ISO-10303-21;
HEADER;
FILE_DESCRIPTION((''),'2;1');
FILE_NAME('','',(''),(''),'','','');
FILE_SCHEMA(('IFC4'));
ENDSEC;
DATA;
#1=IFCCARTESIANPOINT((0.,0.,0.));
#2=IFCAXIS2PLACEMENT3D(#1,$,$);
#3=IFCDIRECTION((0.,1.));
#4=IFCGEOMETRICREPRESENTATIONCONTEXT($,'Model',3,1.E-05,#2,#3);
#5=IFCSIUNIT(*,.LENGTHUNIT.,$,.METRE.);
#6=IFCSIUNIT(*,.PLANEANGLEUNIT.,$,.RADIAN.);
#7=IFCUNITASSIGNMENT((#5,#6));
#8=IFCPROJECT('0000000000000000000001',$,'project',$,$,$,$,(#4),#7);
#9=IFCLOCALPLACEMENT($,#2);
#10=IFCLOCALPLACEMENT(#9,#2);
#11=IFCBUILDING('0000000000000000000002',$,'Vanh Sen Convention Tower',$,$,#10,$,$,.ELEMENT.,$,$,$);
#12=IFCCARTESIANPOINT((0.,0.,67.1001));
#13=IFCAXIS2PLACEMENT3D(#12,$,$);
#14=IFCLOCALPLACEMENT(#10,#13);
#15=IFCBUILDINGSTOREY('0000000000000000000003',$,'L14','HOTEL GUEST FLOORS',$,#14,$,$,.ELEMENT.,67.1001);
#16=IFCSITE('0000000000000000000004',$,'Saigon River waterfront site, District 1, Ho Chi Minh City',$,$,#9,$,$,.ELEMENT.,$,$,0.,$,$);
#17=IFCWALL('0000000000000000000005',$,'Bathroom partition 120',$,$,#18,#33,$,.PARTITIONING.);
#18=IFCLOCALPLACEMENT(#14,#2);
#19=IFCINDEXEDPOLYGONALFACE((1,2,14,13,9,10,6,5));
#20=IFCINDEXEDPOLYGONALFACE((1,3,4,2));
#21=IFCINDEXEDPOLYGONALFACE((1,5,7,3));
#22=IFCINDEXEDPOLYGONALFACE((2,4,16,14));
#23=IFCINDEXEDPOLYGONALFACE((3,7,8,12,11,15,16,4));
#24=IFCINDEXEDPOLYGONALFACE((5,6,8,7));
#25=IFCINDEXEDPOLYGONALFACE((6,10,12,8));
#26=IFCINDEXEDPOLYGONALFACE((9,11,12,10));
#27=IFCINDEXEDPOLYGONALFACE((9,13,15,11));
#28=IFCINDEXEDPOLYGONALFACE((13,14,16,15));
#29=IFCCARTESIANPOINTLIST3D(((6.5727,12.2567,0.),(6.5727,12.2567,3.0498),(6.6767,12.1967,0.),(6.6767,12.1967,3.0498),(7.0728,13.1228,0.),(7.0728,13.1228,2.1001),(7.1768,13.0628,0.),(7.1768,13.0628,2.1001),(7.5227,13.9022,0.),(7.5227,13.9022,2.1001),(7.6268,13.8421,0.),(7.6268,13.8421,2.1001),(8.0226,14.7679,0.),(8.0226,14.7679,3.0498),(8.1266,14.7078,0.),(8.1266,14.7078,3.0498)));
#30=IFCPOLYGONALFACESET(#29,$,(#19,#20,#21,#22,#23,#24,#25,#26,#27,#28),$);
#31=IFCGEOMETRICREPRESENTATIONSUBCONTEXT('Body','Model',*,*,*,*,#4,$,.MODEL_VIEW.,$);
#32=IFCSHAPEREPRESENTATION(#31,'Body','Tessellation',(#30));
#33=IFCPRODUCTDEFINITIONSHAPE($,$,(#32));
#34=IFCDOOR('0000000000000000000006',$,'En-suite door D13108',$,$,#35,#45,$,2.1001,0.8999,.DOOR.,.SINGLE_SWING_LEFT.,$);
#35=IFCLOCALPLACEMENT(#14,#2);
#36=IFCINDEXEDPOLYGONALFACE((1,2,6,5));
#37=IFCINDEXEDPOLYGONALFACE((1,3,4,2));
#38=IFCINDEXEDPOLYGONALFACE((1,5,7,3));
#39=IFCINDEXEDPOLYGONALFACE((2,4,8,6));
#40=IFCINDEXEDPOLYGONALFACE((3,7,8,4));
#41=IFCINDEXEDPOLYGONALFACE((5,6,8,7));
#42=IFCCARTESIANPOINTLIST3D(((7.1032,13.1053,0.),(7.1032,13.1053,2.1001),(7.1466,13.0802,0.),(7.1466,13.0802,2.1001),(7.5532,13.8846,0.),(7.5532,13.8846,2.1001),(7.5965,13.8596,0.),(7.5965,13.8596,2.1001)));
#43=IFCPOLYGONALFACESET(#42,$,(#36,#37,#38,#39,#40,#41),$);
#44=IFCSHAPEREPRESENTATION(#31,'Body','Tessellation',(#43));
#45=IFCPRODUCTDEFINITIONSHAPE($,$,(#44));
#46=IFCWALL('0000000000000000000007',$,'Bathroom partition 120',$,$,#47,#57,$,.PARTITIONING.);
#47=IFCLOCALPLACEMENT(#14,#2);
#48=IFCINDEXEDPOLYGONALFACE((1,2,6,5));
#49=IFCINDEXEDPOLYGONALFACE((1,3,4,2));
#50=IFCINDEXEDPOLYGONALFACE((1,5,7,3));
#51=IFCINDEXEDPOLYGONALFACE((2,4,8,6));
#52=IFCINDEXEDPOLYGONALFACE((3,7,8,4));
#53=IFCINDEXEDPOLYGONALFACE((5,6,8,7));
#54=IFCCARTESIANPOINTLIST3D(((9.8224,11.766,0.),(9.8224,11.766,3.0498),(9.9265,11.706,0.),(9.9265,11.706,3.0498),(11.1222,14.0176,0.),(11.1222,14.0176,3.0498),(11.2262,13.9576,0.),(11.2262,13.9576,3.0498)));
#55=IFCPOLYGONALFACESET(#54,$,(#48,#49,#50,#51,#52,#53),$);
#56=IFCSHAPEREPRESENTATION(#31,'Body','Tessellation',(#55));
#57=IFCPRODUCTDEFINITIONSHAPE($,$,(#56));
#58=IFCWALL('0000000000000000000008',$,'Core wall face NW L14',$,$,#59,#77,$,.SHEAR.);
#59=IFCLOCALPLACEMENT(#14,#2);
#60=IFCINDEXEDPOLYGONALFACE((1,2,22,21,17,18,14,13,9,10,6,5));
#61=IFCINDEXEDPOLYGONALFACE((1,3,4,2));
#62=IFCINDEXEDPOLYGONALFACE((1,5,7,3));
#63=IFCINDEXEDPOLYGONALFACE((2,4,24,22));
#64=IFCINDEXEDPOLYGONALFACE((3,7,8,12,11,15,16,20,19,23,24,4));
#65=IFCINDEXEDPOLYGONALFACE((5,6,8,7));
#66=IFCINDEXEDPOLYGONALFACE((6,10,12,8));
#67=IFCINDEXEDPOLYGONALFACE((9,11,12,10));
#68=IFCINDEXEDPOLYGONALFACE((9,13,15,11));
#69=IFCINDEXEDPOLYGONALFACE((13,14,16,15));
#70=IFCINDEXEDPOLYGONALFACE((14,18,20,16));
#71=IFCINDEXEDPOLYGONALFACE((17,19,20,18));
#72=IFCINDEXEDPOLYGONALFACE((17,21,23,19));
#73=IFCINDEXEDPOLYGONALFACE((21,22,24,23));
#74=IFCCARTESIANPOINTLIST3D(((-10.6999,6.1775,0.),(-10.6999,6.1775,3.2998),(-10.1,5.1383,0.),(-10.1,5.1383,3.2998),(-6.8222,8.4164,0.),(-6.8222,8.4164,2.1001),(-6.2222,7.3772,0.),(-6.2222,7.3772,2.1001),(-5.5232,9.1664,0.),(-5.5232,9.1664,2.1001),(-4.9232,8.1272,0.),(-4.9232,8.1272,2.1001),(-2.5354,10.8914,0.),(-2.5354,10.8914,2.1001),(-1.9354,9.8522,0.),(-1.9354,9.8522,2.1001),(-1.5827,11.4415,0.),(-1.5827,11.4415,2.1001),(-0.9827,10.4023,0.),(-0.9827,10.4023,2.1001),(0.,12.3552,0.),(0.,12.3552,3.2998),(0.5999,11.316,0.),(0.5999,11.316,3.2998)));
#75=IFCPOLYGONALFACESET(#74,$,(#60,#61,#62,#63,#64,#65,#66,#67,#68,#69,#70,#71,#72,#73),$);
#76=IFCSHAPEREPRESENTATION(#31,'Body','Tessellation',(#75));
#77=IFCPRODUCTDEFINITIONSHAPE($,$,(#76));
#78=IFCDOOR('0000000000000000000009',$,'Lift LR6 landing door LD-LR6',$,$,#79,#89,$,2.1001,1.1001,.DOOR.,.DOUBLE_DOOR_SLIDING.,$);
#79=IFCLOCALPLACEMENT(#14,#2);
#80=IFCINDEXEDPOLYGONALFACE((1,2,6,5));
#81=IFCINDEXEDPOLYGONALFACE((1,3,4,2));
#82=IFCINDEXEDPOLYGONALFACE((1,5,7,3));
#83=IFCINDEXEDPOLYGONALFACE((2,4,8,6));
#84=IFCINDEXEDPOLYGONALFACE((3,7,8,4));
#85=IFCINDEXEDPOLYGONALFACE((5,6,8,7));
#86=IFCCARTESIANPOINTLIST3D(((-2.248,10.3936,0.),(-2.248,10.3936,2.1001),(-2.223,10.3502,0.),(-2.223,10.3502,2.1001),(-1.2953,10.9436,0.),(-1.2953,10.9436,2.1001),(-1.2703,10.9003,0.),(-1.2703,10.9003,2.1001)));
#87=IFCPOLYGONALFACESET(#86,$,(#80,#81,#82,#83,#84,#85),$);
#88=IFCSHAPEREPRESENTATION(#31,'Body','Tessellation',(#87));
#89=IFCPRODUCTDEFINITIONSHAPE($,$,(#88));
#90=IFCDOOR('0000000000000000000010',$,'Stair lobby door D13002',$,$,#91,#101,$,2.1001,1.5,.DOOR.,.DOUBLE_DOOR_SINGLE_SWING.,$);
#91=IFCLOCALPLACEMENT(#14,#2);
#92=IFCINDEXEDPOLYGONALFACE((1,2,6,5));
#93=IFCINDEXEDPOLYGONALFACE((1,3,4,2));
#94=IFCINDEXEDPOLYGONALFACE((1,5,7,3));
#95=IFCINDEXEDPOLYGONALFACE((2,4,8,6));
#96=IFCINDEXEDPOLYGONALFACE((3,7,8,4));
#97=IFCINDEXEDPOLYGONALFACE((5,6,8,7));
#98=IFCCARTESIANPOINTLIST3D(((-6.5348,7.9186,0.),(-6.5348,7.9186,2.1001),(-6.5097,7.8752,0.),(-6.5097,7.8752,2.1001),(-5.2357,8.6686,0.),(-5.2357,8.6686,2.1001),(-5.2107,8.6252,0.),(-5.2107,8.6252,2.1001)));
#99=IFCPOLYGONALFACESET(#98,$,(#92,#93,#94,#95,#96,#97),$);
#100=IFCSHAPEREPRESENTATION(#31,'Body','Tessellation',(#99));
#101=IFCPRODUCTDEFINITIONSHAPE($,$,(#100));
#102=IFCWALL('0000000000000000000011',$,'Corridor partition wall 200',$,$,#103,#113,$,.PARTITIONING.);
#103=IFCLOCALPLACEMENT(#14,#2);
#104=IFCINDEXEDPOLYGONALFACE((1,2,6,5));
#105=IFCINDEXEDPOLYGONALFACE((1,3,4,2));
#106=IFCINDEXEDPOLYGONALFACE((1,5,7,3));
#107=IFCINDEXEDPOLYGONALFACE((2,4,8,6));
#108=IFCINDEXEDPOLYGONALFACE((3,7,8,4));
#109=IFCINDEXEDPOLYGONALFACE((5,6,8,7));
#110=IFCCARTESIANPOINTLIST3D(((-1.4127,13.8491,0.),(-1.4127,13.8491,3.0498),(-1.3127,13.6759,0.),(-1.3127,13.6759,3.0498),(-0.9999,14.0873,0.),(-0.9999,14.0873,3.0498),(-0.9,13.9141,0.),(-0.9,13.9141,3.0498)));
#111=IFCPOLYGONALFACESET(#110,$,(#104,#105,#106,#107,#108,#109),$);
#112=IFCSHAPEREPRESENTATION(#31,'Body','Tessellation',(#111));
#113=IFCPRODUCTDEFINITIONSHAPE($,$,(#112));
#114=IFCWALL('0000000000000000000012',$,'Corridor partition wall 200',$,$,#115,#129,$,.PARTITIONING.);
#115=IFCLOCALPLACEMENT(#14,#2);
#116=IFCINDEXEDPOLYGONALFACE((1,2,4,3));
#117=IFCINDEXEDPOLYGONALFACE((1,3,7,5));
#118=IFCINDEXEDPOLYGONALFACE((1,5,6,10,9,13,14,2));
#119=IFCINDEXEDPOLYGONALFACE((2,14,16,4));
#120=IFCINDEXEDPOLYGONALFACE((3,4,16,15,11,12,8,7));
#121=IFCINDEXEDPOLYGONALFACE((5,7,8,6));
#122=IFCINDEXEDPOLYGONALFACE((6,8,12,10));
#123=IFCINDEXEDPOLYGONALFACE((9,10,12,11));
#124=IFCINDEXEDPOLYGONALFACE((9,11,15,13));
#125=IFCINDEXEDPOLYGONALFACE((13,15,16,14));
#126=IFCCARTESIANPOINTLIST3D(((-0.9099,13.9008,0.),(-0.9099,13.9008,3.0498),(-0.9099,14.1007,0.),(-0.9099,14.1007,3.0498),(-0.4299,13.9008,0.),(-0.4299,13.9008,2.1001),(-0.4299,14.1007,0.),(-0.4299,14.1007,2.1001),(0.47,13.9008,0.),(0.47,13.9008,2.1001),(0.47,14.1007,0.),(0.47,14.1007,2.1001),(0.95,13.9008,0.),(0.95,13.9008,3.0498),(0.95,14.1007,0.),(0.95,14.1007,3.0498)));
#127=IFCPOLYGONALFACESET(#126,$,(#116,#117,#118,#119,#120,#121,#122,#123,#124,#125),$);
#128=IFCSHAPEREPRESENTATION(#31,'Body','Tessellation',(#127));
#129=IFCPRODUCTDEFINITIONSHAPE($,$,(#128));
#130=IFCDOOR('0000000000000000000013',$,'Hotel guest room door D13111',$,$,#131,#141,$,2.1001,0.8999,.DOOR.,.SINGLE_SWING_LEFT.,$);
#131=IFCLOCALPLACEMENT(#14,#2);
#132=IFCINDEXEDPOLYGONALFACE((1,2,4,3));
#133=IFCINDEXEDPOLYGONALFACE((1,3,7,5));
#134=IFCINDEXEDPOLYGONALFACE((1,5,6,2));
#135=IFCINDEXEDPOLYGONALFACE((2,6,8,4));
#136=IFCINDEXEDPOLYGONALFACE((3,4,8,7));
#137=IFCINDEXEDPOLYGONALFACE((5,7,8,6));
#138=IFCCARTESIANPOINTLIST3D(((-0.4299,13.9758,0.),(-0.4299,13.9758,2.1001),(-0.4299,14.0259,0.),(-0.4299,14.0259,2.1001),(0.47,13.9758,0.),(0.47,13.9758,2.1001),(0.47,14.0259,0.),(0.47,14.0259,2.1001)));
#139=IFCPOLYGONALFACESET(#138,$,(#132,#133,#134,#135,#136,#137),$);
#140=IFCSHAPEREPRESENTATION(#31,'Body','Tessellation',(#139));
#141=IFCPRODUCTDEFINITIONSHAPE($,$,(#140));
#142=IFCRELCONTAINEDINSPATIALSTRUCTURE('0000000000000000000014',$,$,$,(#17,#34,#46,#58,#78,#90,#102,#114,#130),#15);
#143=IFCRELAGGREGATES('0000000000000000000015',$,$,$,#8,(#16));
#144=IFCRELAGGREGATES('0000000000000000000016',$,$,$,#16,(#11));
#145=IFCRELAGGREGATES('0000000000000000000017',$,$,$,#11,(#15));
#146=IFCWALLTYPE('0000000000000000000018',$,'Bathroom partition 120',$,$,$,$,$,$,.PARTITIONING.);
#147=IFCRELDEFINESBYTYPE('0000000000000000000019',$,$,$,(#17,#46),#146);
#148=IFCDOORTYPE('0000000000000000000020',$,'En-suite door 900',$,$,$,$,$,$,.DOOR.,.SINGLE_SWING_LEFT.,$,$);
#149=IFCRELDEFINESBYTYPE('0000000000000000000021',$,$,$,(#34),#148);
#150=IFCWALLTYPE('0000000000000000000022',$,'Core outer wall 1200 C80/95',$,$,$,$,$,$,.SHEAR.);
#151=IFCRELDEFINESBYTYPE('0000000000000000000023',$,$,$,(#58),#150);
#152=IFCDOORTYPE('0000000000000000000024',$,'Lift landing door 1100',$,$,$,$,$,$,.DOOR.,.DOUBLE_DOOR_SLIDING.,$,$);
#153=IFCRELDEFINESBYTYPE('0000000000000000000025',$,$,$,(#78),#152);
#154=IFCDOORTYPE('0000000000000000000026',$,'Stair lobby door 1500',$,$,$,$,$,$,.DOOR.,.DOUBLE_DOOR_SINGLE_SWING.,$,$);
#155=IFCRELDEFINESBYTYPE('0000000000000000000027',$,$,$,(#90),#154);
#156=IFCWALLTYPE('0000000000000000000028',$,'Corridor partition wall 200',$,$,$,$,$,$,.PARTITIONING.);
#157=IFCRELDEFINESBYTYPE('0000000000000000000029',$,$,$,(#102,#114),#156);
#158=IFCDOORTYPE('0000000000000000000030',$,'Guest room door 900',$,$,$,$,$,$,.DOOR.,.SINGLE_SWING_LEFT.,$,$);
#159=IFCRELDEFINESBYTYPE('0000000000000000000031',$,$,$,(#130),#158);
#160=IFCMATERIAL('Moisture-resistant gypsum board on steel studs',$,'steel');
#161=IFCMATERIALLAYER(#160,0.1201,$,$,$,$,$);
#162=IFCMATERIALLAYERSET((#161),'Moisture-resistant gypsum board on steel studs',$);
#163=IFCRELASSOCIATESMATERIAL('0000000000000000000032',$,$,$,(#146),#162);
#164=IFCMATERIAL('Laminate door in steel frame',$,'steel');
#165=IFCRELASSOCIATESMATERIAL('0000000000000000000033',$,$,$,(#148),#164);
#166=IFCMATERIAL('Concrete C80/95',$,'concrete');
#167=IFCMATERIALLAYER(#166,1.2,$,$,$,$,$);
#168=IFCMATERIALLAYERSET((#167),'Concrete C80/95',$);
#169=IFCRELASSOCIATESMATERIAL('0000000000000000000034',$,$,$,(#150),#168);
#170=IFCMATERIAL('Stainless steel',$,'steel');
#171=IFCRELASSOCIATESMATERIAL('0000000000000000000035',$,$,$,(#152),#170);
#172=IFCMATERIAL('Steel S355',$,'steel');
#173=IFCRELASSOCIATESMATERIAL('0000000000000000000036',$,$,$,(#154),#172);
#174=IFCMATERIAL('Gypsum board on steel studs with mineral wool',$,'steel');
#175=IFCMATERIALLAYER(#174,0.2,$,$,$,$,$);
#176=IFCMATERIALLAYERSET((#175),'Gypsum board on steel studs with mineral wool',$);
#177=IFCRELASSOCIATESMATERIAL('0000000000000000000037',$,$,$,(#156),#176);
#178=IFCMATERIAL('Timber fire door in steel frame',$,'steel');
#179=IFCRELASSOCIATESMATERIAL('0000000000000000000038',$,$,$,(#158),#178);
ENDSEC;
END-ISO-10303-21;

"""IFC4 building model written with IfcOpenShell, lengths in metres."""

from ifc_helpers import new_model, si_unit, direction, frame, frame_2d, origin, place, context, subcontext, project, spatial, rectangle, extrude, material, layer, layer_set, type_object, element, fill, save


model = new_model("IFC4")

# Units and contexts
model_context = context("Model", 3, precision=1e-05, world=origin(), true_north=direction((0.0, 1.0)))
body_context = subcontext(model_context, "Body", "Model", "MODEL_VIEW")
ifc_project = project(units=[si_unit("LENGTHUNIT", "METRE"), si_unit("PLANEANGLEUNIT", "RADIAN")], contexts=[model_context])

# Site, building, storey
site_placement = place(None, origin())
site = spatial("IfcSite", under=ifc_project, at=site_placement, Name="Saigon River waterfront site, District 1, Ho Chi Minh City", CompositionType="ELEMENT", RefElevation=0.0)
building_placement = place(site_placement, origin())
building = spatial("IfcBuilding", under=site, at=building_placement, Name="Vanh Sen Convention Tower", CompositionType="ELEMENT")
storey_placement = place(building_placement, frame((0.0, 0.0, 67.1001)))
storey = spatial("IfcBuildingStorey", under=building, at=storey_placement, Name="L14", Description="HOTEL GUEST FLOORS", CompositionType="ELEMENT", Elevation=67.1001)

# Wall, opening, door
ifc_material_1 = material(Name="Moisture-resistant gypsum board on steel studs", Category="steel")
ifc_layer_1 = layer(ifc_material_1, 0.1201)
ifc_layer_set_1 = layer_set([ifc_layer_1], Name="Moisture-resistant gypsum board on steel studs")
wall_type_1 = type_object("IfcWallType", Name="Bathroom partition 120", PredefinedType="PARTITIONING", material=ifc_layer_set_1)
wall_1_placement = place(storey_placement, frame((6.6248, 12.2268, 0.0), z_axis=(0.0, 0.0, 1.0), x_axis=(0.500024, 0.866012, 0.0)))
wall_1 = element("IfcWall", 1, at=wall_1_placement, inside=storey, type_object=wall_type_1, Name="Bathroom partition 120", PredefinedType="PARTITIONING", context=body_context, shape_type="SweptSolid", body=[
    extrude(rectangle(XDim=2.8997, YDim=0.1201, at=frame_2d((1.4497, 0.0))), origin(), (0.0, 0.0, 1.0), 3.0498),
])
opening_1_placement = place(wall_1_placement, frame((1.0, 0.0, 0.0)))
opening_1 = element("IfcOpeningElement", 2, at=opening_1_placement, cuts=wall_1, PredefinedType="OPENING", context=body_context, shape_type="SweptSolid", body=[
    extrude(rectangle(XDim=0.8999, YDim=2.1001, at=frame_2d((0.45, 1.05))), frame((0.0, 0.0701, 0.0), z_axis=(0.0, -1.0, 0.0), x_axis=(1.0, 0.0, 0.0)), (0.0, 0.0, 1.0), 0.1401),
])
ifc_material_2 = material(Name="Laminate door in steel frame", Category="steel")
door_type_1 = type_object("IfcDoorType", Name="En-suite door 900", OperationType="SINGLE_SWING_LEFT", PredefinedType="DOOR", material=ifc_material_2)
door_1_placement = place(opening_1_placement, origin())
door_1 = element("IfcDoor", 3, at=door_1_placement, inside=storey, type_object=door_type_1, Name="En-suite door D13108", OperationType="SINGLE_SWING_LEFT", OverallHeight=2.1001, OverallWidth=0.8999, PredefinedType="DOOR", context=body_context, shape_type="SweptSolid", body=[
    extrude(rectangle(XDim=0.8999, YDim=2.1001, at=frame_2d((0.45, 1.05))), frame((0.0, 0.0249, 0.0), z_axis=(0.0, -1.0, 0.0), x_axis=(1.0, 0.0, 0.0)), (0.0, 0.0, 1.0), 0.05),
])
fill(opening_1, door_1)

# Wall
wall_2_placement = place(storey_placement, frame((9.8745, 11.7361, 0.0), z_axis=(0.0, 0.0, 1.0), x_axis=(0.499937, 0.866062, 0.0)))
element("IfcWall", 4, at=wall_2_placement, inside=storey, type_object=wall_type_1, Name="Bathroom partition 120", PredefinedType="PARTITIONING", context=body_context, shape_type="SweptSolid", body=[
    extrude(rectangle(XDim=2.5999, YDim=0.1201, at=frame_2d((1.2998, 0.0))), origin(), (0.0, 0.0, 1.0), 3.0498),
])

# Wall, openings, doors
ifc_material_3 = material(Name="Concrete C80/95", Category="concrete")
ifc_layer_2 = layer(ifc_material_3, 1.2)
ifc_layer_set_2 = layer_set([ifc_layer_2], Name="Concrete C80/95")
wall_type_2 = type_object("IfcWallType", Name="Core outer wall 1200 C80/95", PredefinedType="SHEAR", material=ifc_layer_set_2)
wall_3_placement = place(storey_placement, frame((0.3, 11.8357, 0.0), z_axis=(0.0, 0.0, 1.0), x_axis=(-0.866021, -0.500007, 0.0)))
wall_3 = element("IfcWall", 5, at=wall_3_placement, inside=storey, type_object=wall_type_2, Name="Core wall face NW L14", PredefinedType="SHEAR", context=body_context, shape_type="SweptSolid", body=[
    extrude(rectangle(XDim=12.3552, YDim=1.2, at=frame_2d((6.1777, 0.0))), origin(), (0.0, 0.0, 1.0), 3.2998),
])
opening_2_placement = place(wall_3_placement, frame((6.3777, 0.0, 0.0)))
opening_2 = element("IfcOpeningElement", 6, at=opening_2_placement, cuts=wall_3, PredefinedType="OPENING", context=body_context, shape_type="SweptSolid", body=[
    extrude(rectangle(XDim=1.5, YDim=2.1001, at=frame_2d((0.75, 1.05))), frame((0.0, 0.6099, 0.0), z_axis=(0.0, -1.0, 0.0), x_axis=(1.0, 0.0, 0.0)), (0.0, 0.0, 1.0), 1.22),
])
opening_3_placement = place(wall_3_placement, frame((1.8276, 0.0, 0.0)))
opening_3 = element("IfcOpeningElement", 7, at=opening_3_placement, cuts=wall_3, PredefinedType="OPENING", context=body_context, shape_type="SweptSolid", body=[
    extrude(rectangle(XDim=1.1001, YDim=2.1001, at=frame_2d((0.55, 1.05))), frame((0.0, 0.6099, 0.0), z_axis=(0.0, -1.0, 0.0), x_axis=(1.0, 0.0, 0.0)), (0.0, 0.0, 1.0), 1.22),
])
ifc_material_4 = material(Name="Stainless steel", Category="steel")
door_type_2 = type_object("IfcDoorType", Name="Lift landing door 1100", OperationType="DOUBLE_DOOR_SLIDING", PredefinedType="DOOR", material=ifc_material_4)
door_2_placement = place(opening_3_placement, origin())
door_2 = element("IfcDoor", 8, at=door_2_placement, inside=storey, type_object=door_type_2, Name="Lift LR6 landing door LD-LR6", OperationType="DOUBLE_DOOR_SLIDING", OverallHeight=2.1001, OverallWidth=1.1001, PredefinedType="DOOR", context=body_context, shape_type="SweptSolid", body=[
    extrude(rectangle(XDim=1.1001, YDim=2.1001, at=frame_2d((0.55, 1.05))), frame((0.0, 0.0249, 0.0), z_axis=(0.0, -1.0, 0.0), x_axis=(1.0, 0.0, 0.0)), (0.0, 0.0, 1.0), 0.05),
])
fill(opening_3, door_2)
ifc_material_5 = material(Name="Steel S355", Category="steel")
door_type_3 = type_object("IfcDoorType", Name="Stair lobby door 1500", OperationType="DOUBLE_DOOR_SINGLE_SWING", PredefinedType="DOOR", material=ifc_material_5)
door_3_placement = place(opening_2_placement, origin())
door_3 = element("IfcDoor", 9, at=door_3_placement, inside=storey, type_object=door_type_3, Name="Stair lobby door D13002", OperationType="DOUBLE_DOOR_SINGLE_SWING", OverallHeight=2.1001, OverallWidth=1.5, PredefinedType="DOOR", context=body_context, shape_type="SweptSolid", body=[
    extrude(rectangle(XDim=1.5, YDim=2.1001, at=frame_2d((0.75, 1.05))), frame((0.0, 0.0249, 0.0), z_axis=(0.0, -1.0, 0.0), x_axis=(1.0, 0.0, 0.0)), (0.0, 0.0, 1.0), 0.05),
])
fill(opening_2, door_3)

# Wall
ifc_material_6 = material(Name="Gypsum board on steel studs with mineral wool", Category="steel")
ifc_layer_3 = layer(ifc_material_6, 0.2)
ifc_layer_set_3 = layer_set([ifc_layer_3], Name="Gypsum board on steel studs with mineral wool")
wall_type_3 = type_object("IfcWallType", Name="Corridor partition wall 200", PredefinedType="PARTITIONING", material=ifc_layer_set_3)
wall_4_placement = place(storey_placement, frame((-0.95, 14.0007, 0.0), z_axis=(0.0, 0.0, 1.0), x_axis=(-0.866092, -0.499885, 0.0)))
element("IfcWall", 10, at=wall_4_placement, inside=storey, type_object=wall_type_3, Name="Corridor partition wall 200", PredefinedType="PARTITIONING", context=body_context, shape_type="SweptSolid", body=[
    extrude(rectangle(XDim=0.4766, YDim=0.2, at=frame_2d((0.2383, 0.0))), origin(), (0.0, 0.0, 1.0), 3.0498),
])

# Wall, opening, door
wall_5_placement = place(storey_placement, frame((0.95, 14.0007, 0.0), z_axis=(0.0, 0.0, 1.0), x_axis=(-1.0, 0.0, 0.0)))
wall_5 = element("IfcWall", 11, at=wall_5_placement, inside=storey, type_object=wall_type_3, Name="Corridor partition wall 200", PredefinedType="PARTITIONING", context=body_context, shape_type="SweptSolid", body=[
    extrude(rectangle(XDim=1.8599, YDim=0.2, at=frame_2d((0.9299, 0.0))), origin(), (0.0, 0.0, 1.0), 3.0498),
])
opening_4_placement = place(wall_5_placement, frame((0.48, 0.0, 0.0)))
opening_4 = element("IfcOpeningElement", 12, at=opening_4_placement, cuts=wall_5, PredefinedType="OPENING", context=body_context, shape_type="SweptSolid", body=[
    extrude(rectangle(XDim=0.8999, YDim=2.1001, at=frame_2d((0.45, 1.05))), frame((0.0, 0.1099, 0.0), z_axis=(0.0, -1.0, 0.0), x_axis=(1.0, 0.0, 0.0)), (0.0, 0.0, 1.0), 0.22),
])
ifc_material_7 = material(Name="Timber fire door in steel frame", Category="steel")
door_type_4 = type_object("IfcDoorType", Name="Guest room door 900", OperationType="SINGLE_SWING_LEFT", PredefinedType="DOOR", material=ifc_material_7)
door_4_placement = place(opening_4_placement, origin())
door_4 = element("IfcDoor", 13, at=door_4_placement, inside=storey, type_object=door_type_4, Name="Hotel guest room door D13111", OperationType="SINGLE_SWING_LEFT", OverallHeight=2.1001, OverallWidth=0.8999, PredefinedType="DOOR", context=body_context, shape_type="SweptSolid", body=[
    extrude(rectangle(XDim=0.8999, YDim=2.1001, at=frame_2d((0.45, 1.05))), frame((0.0, 0.0249, 0.0), z_axis=(0.0, -1.0, 0.0), x_axis=(1.0, 0.0, 0.0)), (0.0, 0.0, 1.0), 0.05),
])
fill(opening_4, door_4)

save(model, "model.ifc")
